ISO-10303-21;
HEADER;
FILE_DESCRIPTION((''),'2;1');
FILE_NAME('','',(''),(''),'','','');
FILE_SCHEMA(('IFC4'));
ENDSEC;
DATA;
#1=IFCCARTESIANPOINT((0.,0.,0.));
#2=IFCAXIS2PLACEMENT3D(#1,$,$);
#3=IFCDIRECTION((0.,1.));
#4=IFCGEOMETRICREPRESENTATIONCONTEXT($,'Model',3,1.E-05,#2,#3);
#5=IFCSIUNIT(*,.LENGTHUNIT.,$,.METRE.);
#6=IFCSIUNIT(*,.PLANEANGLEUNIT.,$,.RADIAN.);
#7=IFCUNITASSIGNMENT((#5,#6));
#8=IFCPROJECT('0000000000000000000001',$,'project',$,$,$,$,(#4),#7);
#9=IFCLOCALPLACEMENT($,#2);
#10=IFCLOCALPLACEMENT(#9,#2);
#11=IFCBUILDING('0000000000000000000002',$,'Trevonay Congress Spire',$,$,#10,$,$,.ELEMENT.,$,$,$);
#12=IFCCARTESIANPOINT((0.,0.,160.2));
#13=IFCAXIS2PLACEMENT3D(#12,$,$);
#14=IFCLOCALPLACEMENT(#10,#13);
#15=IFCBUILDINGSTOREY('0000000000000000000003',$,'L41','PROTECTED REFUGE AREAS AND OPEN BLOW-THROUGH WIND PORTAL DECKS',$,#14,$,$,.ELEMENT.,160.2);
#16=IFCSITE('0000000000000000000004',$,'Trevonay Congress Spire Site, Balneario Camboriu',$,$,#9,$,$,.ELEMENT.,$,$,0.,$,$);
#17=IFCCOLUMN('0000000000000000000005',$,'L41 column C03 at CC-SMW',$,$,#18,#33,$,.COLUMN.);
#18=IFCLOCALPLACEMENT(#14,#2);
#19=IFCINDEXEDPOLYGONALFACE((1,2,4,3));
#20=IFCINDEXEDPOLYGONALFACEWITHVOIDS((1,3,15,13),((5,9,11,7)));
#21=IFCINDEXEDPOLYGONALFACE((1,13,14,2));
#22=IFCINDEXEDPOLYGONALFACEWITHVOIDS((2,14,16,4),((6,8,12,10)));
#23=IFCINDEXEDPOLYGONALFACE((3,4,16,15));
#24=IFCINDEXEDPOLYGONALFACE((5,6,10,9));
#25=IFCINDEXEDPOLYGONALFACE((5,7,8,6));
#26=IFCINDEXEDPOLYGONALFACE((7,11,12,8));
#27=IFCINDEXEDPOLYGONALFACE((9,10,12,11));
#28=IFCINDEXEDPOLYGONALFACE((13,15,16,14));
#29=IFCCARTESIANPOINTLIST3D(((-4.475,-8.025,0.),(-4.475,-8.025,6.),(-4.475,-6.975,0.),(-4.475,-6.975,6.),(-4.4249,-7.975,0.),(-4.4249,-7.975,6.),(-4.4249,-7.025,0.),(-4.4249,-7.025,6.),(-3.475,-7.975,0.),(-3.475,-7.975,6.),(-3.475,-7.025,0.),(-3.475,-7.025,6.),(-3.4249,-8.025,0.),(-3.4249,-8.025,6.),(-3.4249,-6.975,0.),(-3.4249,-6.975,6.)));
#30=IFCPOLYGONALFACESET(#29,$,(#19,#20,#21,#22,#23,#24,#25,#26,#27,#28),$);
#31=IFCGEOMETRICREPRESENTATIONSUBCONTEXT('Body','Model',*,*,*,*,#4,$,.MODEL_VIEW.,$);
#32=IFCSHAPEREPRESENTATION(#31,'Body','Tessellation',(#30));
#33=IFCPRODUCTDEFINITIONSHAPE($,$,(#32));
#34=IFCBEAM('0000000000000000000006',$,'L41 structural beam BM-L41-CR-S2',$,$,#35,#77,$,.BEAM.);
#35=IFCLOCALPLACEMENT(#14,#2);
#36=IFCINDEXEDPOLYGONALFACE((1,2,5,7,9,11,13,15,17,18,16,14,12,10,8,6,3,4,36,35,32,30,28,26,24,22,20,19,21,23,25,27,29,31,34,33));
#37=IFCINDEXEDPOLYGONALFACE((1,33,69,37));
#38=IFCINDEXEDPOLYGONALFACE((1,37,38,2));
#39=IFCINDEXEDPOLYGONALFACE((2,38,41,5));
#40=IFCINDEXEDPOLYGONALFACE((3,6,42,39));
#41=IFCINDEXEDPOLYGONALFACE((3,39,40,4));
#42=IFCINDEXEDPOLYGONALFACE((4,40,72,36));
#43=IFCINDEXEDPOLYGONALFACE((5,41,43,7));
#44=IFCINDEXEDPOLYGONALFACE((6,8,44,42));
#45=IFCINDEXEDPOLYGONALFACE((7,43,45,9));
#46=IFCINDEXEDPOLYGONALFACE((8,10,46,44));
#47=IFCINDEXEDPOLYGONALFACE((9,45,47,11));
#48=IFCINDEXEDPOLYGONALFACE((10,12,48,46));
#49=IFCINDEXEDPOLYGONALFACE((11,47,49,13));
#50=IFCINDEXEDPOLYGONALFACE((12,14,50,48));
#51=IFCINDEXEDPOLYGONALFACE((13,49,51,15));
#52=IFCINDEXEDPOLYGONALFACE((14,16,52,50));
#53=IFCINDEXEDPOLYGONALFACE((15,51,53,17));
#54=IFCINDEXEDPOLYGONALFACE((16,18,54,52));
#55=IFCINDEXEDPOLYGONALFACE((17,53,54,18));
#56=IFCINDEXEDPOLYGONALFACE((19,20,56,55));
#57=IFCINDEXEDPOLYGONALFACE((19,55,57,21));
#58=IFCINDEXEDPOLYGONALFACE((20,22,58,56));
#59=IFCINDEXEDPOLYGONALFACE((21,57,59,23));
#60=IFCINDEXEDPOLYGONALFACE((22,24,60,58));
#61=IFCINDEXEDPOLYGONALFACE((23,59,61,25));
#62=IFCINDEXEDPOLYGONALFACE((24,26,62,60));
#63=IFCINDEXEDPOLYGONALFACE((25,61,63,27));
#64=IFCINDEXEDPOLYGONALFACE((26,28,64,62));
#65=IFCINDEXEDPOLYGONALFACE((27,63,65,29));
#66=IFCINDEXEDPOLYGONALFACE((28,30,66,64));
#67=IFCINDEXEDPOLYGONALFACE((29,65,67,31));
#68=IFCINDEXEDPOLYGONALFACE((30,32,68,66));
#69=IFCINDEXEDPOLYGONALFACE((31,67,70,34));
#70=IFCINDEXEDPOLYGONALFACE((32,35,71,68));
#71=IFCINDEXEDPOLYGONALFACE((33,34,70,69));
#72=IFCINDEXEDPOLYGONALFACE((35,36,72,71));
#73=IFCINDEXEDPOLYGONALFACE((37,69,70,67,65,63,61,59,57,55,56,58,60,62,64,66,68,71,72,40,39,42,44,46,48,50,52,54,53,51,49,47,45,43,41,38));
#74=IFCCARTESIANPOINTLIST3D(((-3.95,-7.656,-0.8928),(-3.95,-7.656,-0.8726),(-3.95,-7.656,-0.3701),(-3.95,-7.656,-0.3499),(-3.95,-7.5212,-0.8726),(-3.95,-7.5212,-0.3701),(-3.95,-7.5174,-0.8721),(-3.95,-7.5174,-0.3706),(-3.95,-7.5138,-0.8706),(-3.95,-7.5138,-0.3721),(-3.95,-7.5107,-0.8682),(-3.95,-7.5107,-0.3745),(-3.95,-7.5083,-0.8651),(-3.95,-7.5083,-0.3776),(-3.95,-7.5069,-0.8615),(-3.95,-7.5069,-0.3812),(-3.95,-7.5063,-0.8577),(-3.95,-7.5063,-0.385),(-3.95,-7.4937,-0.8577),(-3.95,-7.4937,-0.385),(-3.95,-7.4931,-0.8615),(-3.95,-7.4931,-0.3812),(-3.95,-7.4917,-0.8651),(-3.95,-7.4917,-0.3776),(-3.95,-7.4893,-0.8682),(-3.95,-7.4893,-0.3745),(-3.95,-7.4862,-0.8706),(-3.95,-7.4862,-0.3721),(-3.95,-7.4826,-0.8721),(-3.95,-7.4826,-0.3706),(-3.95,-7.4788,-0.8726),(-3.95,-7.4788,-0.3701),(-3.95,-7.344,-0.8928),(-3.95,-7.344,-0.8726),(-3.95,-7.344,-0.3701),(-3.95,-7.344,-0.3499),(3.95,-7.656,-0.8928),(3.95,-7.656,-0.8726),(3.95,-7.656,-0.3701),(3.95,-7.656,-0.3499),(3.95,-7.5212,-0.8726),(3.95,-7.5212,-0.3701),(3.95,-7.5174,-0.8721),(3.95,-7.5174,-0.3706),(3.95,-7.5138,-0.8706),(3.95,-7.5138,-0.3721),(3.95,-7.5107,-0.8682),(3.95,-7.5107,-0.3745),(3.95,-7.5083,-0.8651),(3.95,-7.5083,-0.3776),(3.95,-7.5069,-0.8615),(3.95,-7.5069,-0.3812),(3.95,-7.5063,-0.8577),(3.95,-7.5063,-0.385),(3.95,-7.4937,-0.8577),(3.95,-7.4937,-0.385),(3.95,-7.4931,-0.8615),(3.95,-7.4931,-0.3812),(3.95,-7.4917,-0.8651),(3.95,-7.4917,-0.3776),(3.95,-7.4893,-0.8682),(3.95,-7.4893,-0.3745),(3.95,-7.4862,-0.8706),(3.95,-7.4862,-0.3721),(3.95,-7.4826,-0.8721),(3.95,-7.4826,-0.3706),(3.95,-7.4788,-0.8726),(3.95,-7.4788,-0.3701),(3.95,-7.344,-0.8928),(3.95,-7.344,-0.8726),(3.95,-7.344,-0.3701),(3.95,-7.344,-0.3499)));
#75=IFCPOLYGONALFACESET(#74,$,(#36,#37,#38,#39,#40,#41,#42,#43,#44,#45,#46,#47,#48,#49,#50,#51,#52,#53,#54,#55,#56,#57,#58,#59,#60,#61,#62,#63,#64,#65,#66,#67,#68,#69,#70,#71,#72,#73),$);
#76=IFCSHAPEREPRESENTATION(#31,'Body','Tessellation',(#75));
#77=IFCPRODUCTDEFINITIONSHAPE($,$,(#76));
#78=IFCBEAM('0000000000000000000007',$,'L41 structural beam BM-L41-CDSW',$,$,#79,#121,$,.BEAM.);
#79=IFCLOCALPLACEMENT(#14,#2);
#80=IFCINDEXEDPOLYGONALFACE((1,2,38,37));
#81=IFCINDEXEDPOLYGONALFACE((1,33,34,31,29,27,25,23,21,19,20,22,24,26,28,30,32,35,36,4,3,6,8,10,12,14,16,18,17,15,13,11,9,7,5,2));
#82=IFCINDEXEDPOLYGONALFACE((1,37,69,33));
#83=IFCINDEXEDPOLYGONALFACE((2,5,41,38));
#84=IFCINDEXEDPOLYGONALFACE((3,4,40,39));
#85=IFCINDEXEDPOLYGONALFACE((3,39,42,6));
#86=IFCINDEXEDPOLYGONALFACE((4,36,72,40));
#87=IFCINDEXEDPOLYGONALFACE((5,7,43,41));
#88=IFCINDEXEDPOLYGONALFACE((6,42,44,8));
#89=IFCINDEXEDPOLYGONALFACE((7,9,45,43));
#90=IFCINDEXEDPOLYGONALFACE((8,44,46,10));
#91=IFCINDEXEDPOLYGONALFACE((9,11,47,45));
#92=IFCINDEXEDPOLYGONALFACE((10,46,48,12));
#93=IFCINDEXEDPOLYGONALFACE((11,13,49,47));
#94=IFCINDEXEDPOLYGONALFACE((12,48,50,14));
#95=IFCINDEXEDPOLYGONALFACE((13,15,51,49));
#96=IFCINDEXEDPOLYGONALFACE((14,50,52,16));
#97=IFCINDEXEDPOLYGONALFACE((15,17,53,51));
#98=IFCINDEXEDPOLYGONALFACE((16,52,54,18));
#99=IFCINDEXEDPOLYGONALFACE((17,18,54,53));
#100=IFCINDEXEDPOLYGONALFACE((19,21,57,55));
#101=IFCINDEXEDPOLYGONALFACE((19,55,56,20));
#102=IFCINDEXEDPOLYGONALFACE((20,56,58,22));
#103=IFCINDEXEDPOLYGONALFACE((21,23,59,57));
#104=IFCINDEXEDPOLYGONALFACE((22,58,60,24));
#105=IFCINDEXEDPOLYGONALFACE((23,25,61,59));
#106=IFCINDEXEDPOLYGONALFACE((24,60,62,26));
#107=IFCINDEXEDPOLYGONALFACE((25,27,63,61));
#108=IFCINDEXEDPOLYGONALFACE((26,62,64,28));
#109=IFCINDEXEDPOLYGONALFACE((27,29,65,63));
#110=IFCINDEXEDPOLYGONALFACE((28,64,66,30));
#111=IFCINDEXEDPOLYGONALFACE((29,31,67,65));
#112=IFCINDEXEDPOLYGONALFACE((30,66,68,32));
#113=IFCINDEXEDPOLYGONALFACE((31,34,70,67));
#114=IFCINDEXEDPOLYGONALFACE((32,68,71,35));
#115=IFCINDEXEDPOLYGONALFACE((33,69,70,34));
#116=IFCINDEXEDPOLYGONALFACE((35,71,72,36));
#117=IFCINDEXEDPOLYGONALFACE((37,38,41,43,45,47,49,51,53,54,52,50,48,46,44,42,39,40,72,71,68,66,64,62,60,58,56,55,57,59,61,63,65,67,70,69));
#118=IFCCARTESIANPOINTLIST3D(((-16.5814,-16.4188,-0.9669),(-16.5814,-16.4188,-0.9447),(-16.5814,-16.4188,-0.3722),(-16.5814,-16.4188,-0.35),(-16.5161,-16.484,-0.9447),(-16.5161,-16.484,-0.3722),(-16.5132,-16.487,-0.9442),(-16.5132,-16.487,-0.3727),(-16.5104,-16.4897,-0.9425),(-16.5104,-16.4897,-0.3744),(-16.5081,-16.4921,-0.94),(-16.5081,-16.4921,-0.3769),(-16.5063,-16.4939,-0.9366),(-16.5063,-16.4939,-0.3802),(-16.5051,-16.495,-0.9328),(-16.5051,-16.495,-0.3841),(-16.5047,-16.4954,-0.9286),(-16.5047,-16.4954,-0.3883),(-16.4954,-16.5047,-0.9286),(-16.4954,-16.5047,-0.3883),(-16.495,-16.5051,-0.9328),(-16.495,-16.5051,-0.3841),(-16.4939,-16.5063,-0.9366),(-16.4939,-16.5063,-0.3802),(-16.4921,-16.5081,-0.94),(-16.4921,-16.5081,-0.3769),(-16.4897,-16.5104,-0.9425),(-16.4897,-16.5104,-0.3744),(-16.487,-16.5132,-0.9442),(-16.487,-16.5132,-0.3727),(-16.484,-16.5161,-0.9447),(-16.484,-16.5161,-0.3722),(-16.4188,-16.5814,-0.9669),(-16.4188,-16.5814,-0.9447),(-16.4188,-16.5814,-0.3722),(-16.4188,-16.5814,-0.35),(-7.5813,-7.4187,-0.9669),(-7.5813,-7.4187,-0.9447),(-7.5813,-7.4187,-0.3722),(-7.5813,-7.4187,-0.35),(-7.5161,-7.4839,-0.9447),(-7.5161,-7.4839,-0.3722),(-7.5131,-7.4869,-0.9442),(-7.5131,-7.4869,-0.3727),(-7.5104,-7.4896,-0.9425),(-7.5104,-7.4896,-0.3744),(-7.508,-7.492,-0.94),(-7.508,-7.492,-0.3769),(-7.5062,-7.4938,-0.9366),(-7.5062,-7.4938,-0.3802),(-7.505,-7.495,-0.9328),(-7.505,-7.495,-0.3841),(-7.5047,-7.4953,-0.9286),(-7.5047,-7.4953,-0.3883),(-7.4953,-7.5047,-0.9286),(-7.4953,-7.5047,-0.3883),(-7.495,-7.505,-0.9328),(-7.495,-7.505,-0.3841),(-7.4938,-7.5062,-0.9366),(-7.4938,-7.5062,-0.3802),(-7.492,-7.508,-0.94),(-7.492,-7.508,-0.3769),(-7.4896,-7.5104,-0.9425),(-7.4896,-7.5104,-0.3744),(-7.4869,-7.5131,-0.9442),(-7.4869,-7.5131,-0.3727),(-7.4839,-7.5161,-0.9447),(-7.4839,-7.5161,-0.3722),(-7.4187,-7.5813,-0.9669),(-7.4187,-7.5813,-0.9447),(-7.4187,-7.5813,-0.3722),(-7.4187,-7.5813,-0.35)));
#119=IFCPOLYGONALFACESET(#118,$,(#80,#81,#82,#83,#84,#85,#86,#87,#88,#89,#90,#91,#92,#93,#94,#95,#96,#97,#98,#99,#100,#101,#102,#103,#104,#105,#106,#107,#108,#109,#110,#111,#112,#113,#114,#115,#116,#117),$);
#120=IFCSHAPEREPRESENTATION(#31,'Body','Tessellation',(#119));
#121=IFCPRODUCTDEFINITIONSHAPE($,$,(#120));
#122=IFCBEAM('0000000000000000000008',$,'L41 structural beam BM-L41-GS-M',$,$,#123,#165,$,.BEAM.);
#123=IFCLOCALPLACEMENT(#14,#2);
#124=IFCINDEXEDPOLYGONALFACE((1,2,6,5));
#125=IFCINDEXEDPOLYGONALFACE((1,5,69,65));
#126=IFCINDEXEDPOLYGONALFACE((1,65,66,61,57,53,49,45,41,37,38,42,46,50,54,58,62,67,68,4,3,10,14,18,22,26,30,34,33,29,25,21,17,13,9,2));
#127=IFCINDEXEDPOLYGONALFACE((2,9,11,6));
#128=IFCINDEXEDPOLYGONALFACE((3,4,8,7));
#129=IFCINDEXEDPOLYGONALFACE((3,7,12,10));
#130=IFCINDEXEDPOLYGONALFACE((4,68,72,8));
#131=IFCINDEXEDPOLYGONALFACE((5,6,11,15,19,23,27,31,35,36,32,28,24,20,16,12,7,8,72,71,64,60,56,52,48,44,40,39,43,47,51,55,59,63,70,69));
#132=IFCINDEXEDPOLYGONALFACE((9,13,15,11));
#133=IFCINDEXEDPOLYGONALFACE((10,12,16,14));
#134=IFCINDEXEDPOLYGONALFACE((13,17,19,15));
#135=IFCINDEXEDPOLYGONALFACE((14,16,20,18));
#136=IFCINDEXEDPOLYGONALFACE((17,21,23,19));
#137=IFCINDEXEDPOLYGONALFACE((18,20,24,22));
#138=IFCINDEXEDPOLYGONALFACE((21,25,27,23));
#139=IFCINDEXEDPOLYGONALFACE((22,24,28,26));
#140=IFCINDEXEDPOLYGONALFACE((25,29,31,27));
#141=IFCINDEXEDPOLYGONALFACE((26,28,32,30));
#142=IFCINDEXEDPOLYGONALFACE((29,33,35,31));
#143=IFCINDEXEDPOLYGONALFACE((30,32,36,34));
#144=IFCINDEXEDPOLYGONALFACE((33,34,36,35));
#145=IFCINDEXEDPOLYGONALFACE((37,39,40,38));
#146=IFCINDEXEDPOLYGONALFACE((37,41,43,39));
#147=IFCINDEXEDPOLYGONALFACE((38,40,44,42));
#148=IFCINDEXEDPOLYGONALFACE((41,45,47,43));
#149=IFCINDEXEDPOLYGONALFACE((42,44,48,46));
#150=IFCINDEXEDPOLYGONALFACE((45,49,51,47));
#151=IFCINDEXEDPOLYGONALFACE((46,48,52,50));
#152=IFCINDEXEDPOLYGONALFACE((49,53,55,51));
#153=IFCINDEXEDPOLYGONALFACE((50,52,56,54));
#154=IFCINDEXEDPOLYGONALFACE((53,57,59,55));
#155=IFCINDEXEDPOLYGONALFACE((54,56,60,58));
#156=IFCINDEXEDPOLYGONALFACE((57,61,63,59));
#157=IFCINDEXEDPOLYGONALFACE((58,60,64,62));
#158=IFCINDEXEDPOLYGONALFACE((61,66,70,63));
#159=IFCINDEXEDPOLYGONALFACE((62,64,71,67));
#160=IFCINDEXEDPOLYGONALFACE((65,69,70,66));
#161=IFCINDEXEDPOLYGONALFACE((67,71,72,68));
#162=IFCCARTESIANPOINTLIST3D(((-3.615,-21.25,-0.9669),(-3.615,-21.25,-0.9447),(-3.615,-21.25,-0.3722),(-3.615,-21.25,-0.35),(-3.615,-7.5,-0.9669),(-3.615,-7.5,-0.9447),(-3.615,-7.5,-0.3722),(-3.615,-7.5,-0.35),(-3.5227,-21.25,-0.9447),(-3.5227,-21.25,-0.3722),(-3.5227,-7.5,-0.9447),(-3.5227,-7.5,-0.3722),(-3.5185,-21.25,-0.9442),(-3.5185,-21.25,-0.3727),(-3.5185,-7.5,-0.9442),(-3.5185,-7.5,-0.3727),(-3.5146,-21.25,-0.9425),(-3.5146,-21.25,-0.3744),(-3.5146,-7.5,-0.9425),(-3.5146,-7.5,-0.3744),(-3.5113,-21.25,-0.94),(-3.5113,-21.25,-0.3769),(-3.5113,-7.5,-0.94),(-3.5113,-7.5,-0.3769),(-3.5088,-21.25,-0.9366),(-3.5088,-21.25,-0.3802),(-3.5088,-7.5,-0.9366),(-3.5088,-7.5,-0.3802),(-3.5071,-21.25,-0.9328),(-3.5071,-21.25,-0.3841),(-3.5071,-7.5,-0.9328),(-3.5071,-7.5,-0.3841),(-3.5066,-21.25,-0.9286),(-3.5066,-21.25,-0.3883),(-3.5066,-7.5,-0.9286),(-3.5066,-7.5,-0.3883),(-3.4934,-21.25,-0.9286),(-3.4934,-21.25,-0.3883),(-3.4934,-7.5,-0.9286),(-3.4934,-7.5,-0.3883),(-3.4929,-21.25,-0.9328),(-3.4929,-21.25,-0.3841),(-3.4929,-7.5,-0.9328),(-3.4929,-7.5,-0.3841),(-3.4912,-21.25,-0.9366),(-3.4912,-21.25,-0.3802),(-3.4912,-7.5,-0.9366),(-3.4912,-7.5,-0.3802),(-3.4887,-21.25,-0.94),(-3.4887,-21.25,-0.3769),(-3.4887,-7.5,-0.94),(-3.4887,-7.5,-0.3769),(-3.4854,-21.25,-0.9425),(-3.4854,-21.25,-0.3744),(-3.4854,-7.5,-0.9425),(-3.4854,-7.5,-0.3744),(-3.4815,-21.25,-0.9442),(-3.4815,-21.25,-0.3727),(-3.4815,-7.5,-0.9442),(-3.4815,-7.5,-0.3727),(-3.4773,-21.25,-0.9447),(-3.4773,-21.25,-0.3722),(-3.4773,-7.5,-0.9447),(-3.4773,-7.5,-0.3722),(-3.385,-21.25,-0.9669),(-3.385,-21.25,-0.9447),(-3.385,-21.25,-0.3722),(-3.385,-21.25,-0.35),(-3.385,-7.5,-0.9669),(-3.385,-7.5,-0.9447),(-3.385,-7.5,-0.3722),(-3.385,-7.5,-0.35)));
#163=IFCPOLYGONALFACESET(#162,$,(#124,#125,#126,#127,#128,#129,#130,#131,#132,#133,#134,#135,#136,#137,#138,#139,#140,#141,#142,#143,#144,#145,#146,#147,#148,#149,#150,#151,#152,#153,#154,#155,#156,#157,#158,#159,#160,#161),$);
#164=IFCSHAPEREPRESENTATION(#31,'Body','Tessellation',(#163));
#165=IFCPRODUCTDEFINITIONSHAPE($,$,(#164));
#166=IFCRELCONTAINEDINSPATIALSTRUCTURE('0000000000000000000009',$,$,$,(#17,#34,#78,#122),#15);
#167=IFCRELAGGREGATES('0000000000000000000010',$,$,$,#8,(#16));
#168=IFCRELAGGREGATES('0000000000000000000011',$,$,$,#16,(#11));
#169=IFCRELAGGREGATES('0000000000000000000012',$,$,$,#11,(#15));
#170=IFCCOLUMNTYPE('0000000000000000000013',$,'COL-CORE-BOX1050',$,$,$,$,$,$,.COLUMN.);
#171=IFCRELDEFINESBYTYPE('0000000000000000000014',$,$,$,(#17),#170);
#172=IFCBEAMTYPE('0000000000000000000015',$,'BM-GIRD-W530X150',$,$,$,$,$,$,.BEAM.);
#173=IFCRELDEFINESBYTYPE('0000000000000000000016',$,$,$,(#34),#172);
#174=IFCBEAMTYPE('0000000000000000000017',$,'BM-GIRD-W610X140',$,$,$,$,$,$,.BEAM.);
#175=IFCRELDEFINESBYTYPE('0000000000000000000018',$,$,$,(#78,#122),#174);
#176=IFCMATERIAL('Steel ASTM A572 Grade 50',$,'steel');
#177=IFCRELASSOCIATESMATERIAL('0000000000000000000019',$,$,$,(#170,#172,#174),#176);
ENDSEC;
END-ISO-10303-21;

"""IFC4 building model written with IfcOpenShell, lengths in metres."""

from ifc_helpers import new_model, si_unit, direction, frame, origin, origin_2d, place, context, subcontext, project, spatial, hollow_rectangle, i_section, extrude, material, material_profile, profile_set, type_object, element, save


model = new_model("IFC4")

# Units and contexts
model_context = context("Model", 3, precision=1e-05, world=origin(), true_north=direction((0.0, 1.0)))
body_context = subcontext(model_context, "Body", "Model", "MODEL_VIEW")
ifc_project = project(units=[si_unit("LENGTHUNIT", "METRE"), si_unit("PLANEANGLEUNIT", "RADIAN")], contexts=[model_context])

# Site, building, storey
site_placement = place(None, origin())
site = spatial("IfcSite", under=ifc_project, at=site_placement, Name="Trevonay Congress Spire Site, Balneario Camboriu", CompositionType="ELEMENT", RefElevation=0.0)
building_placement = place(site_placement, origin())
building = spatial("IfcBuilding", under=site, at=building_placement, Name="Trevonay Congress Spire", CompositionType="ELEMENT")
storey_placement = place(building_placement, frame((0.0, 0.0, 160.2)))
storey = spatial("IfcBuildingStorey", under=building, at=storey_placement, Name="L41", Description="PROTECTED REFUGE AREAS AND OPEN BLOW-THROUGH WIND PORTAL DECKS", CompositionType="ELEMENT", Elevation=160.2)

# Column
ifc_material_1 = material(Name="Steel ASTM A572 Grade 50", Category="steel")
ifc_material_profile_1 = material_profile(ifc_material_1, hollow_rectangle(XDim=1.05, YDim=1.05, WallThickness=0.05, at=origin_2d()), Name="BOX 1050x1050x50")
ifc_profile_set_1 = profile_set([ifc_material_profile_1], Name="Steel ASTM A572 Grade 50")
column_type = type_object("IfcColumnType", Name="COL-CORE-BOX1050", PredefinedType="COLUMN", material=ifc_profile_set_1)
column_placement = place(storey_placement, frame((-3.95, -7.5, 0.0), z_axis=(0.0, 0.0, 1.0), x_axis=(1.0, 0.0, 0.0)))
element("IfcColumn", 1, at=column_placement, inside=storey, type_object=column_type, Name="L41 column C03 at CC-SMW", PredefinedType="COLUMN", context=body_context, shape_type="SweptSolid", body=[
    extrude(hollow_rectangle(XDim=1.05, YDim=1.05, WallThickness=0.05, at=origin_2d()), origin(), (0.0, 0.0, 1.0), 6.0),
])

# Beams
ifc_material_profile_2 = material_profile(ifc_material_1, i_section(OverallWidth=0.312, OverallDepth=0.543, WebThickness=0.0127, FlangeThickness=0.0203, FilletRadius=0.0149, at=origin_2d()), Name="W530x150")
ifc_profile_set_2 = profile_set([ifc_material_profile_2], Name="Steel ASTM A572 Grade 50")
beam_type_1 = type_object("IfcBeamType", Name="BM-GIRD-W530X150", PredefinedType="BEAM", material=ifc_profile_set_2)
beam_1_placement = place(storey_placement, frame((-3.95, -7.5, -0.6213), z_axis=(1.0, 0.0, 0.0), x_axis=(0.0, 1.0, 0.0)))
element("IfcBeam", 2, at=beam_1_placement, inside=storey, type_object=beam_type_1, Name="L41 structural beam BM-L41-CR-S2", PredefinedType="BEAM", context=body_context, shape_type="SweptSolid", body=[
    extrude(i_section(OverallWidth=0.312, OverallDepth=0.543, WebThickness=0.0127, FlangeThickness=0.0203, FilletRadius=0.0149, at=origin_2d()), origin(), (0.0, 0.0, 1.0), 7.8999),
])
ifc_material_profile_3 = material_profile(ifc_material_1, i_section(OverallWidth=0.23, OverallDepth=0.6169, WebThickness=0.0132, FlangeThickness=0.0222, FilletRadius=0.0161, at=origin_2d()), Name="W610x140")
ifc_profile_set_3 = profile_set([ifc_material_profile_3], Name="Steel ASTM A572 Grade 50")
beam_type_2 = type_object("IfcBeamType", Name="BM-GIRD-W610X140", PredefinedType="BEAM", material=ifc_profile_set_3)
beam_2_placement = place(storey_placement, frame((-7.5, -7.5, -0.6584), z_axis=(-0.707107, -0.707107, 0.0), x_axis=(0.707107, -0.707107, 0.0)))
element("IfcBeam", 3, at=beam_2_placement, inside=storey, type_object=beam_type_2, Name="L41 structural beam BM-L41-CDSW", PredefinedType="BEAM", context=body_context, shape_type="SweptSolid", body=[
    extrude(i_section(OverallWidth=0.23, OverallDepth=0.6169, WebThickness=0.0132, FlangeThickness=0.0222, FilletRadius=0.0161, at=origin_2d()), origin(), (0.0, 0.0, 1.0), 12.728),
])
for number, where, z_axis, x_axis, name in (
    (4, (-3.5, -7.5, -0.6584), (0.0, -1.0, 0.0), (1.0, 0.0, 0.0), "L41 structural beam BM-L41-GS-M"),
):
    element("IfcBeam", number, at=place(storey_placement, frame(where, z_axis=z_axis, x_axis=x_axis)), inside=storey, type_object=beam_type_2, Name=name, PredefinedType="BEAM", context=body_context, shape_type="SweptSolid", body=[
        extrude(i_section(OverallWidth=0.23, OverallDepth=0.6169, WebThickness=0.0132, FlangeThickness=0.0222, FilletRadius=0.0161, at=origin_2d()), origin(), (0.0, 0.0, 1.0), 13.75),
    ])

save(model, "model.ifc")
